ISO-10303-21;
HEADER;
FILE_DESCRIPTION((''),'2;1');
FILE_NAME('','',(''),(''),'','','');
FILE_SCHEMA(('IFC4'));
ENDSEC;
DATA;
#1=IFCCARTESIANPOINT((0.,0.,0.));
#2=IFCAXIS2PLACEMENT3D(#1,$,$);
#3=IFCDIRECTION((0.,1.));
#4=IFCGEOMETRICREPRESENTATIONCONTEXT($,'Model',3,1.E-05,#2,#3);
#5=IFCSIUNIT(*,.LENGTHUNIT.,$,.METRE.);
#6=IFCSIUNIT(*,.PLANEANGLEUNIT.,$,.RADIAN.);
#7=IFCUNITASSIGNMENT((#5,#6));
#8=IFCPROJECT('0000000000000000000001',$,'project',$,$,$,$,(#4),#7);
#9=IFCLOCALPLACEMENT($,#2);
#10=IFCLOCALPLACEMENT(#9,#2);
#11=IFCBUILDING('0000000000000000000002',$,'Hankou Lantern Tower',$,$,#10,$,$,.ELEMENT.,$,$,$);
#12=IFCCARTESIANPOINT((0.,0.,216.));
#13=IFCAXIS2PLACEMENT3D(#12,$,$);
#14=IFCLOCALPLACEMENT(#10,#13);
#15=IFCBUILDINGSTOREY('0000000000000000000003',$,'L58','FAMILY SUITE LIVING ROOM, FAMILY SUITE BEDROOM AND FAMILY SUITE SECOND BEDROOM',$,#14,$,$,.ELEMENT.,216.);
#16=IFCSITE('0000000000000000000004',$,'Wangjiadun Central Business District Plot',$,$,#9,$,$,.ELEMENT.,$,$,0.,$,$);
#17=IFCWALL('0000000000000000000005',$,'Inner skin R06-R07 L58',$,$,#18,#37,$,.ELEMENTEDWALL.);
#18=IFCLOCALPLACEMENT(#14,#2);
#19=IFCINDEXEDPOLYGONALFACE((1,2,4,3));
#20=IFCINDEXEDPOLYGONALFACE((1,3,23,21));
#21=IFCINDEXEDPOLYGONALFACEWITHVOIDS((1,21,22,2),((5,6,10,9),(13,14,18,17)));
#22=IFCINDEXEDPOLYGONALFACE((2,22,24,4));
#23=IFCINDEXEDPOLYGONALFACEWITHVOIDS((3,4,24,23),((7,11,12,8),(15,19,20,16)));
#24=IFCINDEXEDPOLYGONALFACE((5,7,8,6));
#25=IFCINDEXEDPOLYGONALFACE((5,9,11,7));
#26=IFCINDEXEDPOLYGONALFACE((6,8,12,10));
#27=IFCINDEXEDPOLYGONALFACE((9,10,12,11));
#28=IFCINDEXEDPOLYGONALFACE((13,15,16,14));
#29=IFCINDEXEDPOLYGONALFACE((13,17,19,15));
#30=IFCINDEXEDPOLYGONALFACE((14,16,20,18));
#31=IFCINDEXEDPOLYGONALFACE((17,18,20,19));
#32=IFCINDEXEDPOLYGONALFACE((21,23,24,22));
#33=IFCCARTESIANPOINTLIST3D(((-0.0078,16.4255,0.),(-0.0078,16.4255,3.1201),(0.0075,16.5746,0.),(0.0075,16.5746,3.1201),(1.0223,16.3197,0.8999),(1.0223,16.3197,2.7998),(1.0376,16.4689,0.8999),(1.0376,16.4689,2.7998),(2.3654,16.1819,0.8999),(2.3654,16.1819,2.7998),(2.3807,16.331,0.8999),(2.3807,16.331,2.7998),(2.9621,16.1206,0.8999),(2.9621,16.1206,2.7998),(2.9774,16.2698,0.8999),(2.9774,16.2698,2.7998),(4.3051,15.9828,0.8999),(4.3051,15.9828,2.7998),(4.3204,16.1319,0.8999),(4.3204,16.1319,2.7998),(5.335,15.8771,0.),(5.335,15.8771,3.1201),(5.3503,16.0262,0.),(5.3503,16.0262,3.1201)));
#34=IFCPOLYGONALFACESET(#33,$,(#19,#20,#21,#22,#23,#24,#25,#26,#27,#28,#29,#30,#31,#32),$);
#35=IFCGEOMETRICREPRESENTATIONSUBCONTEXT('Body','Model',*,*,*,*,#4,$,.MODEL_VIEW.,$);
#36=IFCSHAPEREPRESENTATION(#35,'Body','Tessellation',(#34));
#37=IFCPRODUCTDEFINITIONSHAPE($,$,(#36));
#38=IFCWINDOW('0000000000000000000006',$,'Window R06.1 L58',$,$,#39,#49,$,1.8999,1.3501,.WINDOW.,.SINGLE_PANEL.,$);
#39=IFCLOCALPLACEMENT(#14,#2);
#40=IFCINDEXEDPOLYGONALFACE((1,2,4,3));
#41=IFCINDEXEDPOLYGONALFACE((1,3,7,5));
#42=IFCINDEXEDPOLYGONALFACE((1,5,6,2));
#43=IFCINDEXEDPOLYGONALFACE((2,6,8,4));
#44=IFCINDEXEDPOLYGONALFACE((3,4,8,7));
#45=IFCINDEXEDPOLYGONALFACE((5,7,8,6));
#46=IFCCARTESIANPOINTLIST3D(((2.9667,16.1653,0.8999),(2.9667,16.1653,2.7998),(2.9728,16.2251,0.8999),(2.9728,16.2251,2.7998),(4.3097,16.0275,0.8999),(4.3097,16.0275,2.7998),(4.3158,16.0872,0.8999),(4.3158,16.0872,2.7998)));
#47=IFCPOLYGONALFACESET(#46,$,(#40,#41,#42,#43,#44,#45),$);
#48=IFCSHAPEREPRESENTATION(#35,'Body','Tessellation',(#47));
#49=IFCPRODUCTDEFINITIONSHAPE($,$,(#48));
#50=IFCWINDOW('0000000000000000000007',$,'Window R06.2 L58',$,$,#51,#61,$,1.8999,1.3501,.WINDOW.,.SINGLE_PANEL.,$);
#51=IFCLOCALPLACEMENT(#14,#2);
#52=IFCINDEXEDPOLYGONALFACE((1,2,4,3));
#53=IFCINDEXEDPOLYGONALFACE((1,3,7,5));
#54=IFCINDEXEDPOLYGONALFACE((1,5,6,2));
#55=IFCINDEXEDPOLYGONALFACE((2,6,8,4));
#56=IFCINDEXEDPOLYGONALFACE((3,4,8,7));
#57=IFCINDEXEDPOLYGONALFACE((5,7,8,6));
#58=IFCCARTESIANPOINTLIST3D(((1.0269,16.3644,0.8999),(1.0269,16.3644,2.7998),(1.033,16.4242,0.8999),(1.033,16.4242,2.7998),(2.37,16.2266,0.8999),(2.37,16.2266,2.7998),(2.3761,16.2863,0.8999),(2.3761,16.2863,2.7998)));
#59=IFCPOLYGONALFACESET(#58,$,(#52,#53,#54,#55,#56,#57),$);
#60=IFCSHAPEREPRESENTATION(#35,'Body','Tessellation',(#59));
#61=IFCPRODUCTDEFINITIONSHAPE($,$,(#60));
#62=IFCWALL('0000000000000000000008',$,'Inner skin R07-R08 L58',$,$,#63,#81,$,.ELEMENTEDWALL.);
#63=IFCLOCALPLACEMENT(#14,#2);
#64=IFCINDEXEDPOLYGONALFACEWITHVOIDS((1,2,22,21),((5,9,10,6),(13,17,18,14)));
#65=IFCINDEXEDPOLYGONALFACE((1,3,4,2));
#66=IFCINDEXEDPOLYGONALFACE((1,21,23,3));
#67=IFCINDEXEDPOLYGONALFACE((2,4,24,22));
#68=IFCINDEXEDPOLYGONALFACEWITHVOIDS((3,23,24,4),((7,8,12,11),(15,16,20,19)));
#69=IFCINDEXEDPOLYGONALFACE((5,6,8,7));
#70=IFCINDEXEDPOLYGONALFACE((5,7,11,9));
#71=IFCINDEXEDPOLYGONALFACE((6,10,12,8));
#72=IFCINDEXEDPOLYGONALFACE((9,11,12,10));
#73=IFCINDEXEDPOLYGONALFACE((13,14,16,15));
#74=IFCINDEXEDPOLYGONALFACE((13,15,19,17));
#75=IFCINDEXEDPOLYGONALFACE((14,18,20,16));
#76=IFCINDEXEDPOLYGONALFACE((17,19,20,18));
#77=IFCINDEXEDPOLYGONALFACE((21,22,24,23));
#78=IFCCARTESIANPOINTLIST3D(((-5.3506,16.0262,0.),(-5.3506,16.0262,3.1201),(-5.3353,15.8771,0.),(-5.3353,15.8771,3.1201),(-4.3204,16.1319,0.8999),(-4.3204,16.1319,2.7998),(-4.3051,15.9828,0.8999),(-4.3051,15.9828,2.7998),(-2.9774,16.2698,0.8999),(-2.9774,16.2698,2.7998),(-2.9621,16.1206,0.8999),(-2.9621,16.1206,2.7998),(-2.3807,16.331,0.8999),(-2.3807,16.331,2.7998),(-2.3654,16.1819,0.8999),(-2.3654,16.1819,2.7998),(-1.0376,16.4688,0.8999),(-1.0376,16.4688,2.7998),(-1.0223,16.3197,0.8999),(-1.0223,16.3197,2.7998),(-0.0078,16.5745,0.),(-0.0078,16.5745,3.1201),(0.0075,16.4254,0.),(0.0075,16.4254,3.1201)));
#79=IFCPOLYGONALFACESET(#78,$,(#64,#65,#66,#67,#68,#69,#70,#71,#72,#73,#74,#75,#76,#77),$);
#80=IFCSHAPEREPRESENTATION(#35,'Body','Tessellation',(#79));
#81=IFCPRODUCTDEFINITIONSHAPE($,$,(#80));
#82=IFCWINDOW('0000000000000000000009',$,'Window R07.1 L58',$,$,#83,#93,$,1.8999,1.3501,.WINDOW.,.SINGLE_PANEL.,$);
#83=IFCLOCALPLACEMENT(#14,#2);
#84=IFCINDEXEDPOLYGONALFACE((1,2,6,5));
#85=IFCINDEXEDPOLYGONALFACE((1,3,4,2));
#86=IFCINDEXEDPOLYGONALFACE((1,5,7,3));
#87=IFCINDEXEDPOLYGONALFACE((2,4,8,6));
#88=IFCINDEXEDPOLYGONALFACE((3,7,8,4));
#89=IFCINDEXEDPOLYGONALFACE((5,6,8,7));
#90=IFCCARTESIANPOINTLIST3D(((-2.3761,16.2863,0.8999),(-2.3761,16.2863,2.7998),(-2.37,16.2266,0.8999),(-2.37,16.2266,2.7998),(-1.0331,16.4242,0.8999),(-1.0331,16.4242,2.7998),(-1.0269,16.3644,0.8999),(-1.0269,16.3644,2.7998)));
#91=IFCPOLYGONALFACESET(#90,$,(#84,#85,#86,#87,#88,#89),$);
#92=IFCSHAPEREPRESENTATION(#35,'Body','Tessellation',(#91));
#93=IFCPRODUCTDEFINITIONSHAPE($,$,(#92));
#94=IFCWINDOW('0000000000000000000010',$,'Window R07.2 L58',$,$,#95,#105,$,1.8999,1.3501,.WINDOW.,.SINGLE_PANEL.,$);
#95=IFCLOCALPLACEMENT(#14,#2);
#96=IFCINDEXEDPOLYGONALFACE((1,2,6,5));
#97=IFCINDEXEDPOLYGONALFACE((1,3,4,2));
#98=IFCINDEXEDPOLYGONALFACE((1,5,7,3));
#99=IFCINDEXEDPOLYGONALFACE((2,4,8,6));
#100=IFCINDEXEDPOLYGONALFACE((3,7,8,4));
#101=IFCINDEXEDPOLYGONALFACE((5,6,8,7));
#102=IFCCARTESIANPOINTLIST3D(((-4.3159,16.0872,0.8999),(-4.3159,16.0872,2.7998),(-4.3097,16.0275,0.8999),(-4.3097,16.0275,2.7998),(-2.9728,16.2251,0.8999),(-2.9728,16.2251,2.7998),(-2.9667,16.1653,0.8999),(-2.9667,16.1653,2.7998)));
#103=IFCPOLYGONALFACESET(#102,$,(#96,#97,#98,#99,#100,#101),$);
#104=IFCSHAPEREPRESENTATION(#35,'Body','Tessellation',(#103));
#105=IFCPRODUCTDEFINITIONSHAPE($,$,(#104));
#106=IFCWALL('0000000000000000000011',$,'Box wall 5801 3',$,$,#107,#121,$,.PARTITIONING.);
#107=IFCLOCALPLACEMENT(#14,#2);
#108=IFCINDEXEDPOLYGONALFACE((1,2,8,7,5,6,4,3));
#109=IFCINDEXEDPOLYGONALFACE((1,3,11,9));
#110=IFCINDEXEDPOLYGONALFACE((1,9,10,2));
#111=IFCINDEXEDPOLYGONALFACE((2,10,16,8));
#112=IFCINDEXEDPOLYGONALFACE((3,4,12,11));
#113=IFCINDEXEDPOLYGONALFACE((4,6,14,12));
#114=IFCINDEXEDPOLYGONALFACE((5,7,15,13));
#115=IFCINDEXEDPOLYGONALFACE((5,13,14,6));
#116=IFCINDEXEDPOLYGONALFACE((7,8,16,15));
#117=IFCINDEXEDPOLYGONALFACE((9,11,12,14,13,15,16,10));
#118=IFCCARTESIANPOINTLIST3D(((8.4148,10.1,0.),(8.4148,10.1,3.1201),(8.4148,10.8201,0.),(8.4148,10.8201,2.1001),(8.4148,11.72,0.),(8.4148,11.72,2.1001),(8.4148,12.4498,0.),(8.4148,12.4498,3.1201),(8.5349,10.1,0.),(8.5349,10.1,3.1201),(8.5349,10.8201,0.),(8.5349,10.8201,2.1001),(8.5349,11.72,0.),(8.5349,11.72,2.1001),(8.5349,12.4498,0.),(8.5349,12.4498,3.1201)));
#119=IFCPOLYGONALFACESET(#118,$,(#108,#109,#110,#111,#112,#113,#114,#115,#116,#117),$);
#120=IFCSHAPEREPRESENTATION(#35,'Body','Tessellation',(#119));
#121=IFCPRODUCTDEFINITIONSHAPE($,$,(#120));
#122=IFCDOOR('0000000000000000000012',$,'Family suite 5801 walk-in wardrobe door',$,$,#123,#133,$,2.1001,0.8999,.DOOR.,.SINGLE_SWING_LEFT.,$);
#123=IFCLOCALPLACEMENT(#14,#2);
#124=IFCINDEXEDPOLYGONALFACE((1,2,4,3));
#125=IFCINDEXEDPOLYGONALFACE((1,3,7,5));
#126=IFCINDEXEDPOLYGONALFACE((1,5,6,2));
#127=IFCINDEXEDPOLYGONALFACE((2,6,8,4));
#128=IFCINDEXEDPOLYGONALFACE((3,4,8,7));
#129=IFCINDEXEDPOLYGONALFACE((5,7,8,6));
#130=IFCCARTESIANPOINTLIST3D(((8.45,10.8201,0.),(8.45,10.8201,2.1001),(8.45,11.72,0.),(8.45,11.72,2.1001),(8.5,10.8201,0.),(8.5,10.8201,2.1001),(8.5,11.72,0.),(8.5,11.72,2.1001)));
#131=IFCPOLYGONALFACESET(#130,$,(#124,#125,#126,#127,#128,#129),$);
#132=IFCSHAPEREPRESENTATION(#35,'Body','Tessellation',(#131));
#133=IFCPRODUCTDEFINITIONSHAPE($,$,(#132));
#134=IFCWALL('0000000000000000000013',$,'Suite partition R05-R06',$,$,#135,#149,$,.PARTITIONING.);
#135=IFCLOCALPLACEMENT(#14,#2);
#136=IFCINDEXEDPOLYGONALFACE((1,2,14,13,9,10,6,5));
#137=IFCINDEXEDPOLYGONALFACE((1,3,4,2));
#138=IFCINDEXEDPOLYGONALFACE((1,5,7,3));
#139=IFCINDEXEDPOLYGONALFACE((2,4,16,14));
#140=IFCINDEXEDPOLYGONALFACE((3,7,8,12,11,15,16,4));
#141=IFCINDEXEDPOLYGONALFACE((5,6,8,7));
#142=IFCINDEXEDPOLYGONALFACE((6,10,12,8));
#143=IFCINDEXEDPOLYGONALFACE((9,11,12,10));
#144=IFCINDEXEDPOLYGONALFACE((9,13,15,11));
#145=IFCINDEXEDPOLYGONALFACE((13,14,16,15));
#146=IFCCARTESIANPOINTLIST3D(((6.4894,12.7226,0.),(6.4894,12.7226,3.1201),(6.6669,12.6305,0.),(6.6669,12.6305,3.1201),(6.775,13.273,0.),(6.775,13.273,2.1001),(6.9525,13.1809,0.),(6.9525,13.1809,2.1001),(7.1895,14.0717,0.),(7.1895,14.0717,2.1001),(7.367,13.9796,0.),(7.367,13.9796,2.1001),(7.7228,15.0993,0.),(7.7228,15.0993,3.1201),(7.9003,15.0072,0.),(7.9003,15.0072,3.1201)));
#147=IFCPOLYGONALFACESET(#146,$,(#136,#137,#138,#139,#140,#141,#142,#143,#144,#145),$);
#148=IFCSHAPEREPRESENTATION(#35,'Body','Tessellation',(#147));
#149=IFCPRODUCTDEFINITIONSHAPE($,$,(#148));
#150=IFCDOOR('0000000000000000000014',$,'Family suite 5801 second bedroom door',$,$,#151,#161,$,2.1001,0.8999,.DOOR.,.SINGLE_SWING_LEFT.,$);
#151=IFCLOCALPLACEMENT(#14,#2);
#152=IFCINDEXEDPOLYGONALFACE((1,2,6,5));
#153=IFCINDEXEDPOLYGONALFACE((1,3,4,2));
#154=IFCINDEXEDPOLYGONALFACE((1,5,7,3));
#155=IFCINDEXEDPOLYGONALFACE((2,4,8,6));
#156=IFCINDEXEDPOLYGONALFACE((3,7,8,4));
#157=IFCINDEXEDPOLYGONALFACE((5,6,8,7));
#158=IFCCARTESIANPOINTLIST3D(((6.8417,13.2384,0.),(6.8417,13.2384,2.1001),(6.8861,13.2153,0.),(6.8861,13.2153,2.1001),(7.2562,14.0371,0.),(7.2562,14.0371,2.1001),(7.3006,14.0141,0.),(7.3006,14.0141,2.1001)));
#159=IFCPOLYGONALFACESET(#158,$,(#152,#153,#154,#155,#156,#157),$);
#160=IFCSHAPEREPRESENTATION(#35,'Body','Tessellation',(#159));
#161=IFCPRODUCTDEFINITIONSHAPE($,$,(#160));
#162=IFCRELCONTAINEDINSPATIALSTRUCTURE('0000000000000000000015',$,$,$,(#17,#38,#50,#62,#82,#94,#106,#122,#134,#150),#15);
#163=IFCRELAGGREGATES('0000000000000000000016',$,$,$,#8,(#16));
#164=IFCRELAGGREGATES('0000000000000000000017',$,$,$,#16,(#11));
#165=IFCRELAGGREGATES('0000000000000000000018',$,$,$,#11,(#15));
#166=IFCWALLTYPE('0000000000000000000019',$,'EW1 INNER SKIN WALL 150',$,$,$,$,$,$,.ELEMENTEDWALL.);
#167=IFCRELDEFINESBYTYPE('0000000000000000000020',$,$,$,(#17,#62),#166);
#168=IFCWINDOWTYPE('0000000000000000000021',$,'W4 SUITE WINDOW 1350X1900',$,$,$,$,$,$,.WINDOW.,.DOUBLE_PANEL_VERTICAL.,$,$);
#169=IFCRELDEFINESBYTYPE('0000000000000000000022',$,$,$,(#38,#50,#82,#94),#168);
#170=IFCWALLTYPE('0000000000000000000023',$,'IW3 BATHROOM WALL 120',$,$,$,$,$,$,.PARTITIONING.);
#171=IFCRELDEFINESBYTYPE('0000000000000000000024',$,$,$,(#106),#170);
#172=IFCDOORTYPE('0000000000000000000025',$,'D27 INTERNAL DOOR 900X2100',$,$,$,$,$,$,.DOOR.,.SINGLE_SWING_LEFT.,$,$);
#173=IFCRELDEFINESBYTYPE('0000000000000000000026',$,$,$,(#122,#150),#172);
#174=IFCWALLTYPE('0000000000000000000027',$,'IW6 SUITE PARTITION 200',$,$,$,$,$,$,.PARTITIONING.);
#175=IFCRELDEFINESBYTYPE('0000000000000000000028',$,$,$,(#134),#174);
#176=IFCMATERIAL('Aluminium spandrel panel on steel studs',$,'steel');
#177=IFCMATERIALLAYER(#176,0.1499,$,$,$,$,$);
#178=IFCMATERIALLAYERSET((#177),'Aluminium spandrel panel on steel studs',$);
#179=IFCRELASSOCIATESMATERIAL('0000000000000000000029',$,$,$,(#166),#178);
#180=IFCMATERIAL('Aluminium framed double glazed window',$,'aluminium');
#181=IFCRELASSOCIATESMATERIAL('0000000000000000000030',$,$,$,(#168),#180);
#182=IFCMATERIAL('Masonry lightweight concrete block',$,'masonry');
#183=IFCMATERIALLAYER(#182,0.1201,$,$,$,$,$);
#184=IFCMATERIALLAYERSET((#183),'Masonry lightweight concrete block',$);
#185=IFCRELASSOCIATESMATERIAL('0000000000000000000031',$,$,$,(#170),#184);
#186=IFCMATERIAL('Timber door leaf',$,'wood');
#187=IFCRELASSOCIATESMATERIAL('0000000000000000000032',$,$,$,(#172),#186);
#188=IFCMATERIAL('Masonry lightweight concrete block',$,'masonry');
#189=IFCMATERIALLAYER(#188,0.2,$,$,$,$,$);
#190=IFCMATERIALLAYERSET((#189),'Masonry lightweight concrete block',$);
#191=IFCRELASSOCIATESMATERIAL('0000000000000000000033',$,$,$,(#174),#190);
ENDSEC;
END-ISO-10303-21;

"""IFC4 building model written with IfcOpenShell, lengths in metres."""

from ifc_helpers import new_model, si_unit, direction, frame, frame_2d, origin, place, context, subcontext, project, spatial, rectangle, extrude, material, layer, layer_set, type_object, element, fill, save


model = new_model("IFC4")

# Units and contexts
model_context = context("Model", 3, precision=1e-05, world=origin(), true_north=direction((0.0, 1.0)))
body_context = subcontext(model_context, "Body", "Model", "MODEL_VIEW")
ifc_project = project(units=[si_unit("LENGTHUNIT", "METRE"), si_unit("PLANEANGLEUNIT", "RADIAN")], contexts=[model_context])

# Site, building, storey
site_placement = place(None, origin())
site = spatial("IfcSite", under=ifc_project, at=site_placement, Name="Wangjiadun Central Business District Plot", CompositionType="ELEMENT", RefElevation=0.0)
building_placement = place(site_placement, origin())
building = spatial("IfcBuilding", under=site, at=building_placement, Name="Hankou Lantern Tower", CompositionType="ELEMENT")
storey_placement = place(building_placement, frame((0.0, 0.0, 216.0)))
storey = spatial("IfcBuildingStorey", under=building, at=storey_placement, Name="L58", Description="FAMILY SUITE LIVING ROOM, FAMILY SUITE BEDROOM AND FAMILY SUITE SECOND BEDROOM", CompositionType="ELEMENT", Elevation=216.0)

# Walls, openings, windows
ifc_material_1 = material(Name="Aluminium spandrel panel on steel studs", Category="steel")
ifc_layer_1 = layer(ifc_material_1, 0.1499)
ifc_layer_set_1 = layer_set([ifc_layer_1], Name="Aluminium spandrel panel on steel studs")
wall_type_1 = type_object("IfcWallType", Name="EW1 INNER SKIN WALL 150", PredefinedType="ELEMENTEDWALL", material=ifc_layer_set_1)
wall_1_placement = place(storey_placement, frame((5.3428, 15.9517, 0.0), z_axis=(0.0, 0.0, 1.0), x_axis=(-0.994775, 0.102096, 0.0)))
wall_1 = element("IfcWall", 1, at=wall_1_placement, inside=storey, type_object=wall_type_1, Name="Inner skin R06-R07 L58", PredefinedType="ELEMENTEDWALL", context=body_context, shape_type="SweptSolid", body=[
    extrude(rectangle(XDim=5.3708, YDim=0.1499, at=frame_2d((2.6855, 0.0))), origin(), (0.0, 0.0, 1.0), 3.1201),
])
opening_1_placement = place(wall_1_placement, frame((1.0354, 0.0, 0.8999)))
opening_1 = element("IfcOpeningElement", 2, at=opening_1_placement, cuts=wall_1, PredefinedType="OPENING", context=body_context, shape_type="SweptSolid", body=[
    extrude(rectangle(XDim=1.3501, YDim=1.8999, at=frame_2d((0.675, 0.95))), frame((0.0, 0.085, 0.0), z_axis=(0.0, -1.0, 0.0), x_axis=(1.0, 0.0, 0.0)), (0.0, 0.0, 1.0), 0.1699),
])
opening_2_placement = place(wall_1_placement, frame((2.9854, 0.0, 0.8999)))
opening_2 = element("IfcOpeningElement", 3, at=opening_2_placement, cuts=wall_1, PredefinedType="OPENING", context=body_context, shape_type="SweptSolid", body=[
    extrude(rectangle(XDim=1.3501, YDim=1.8999, at=frame_2d((0.675, 0.95))), frame((0.0, 0.085, 0.0), z_axis=(0.0, -1.0, 0.0), x_axis=(1.0, 0.0, 0.0)), (0.0, 0.0, 1.0), 0.1699),
])
ifc_material_2 = material(Name="Aluminium framed double glazed window", Category="aluminium")
window_type = type_object("IfcWindowType", Name="W4 SUITE WINDOW 1350X1900", PartitioningType="DOUBLE_PANEL_VERTICAL", PredefinedType="WINDOW", material=ifc_material_2)
window_1_placement = place(opening_1_placement, origin())
window_1 = element("IfcWindow", 4, at=window_1_placement, inside=storey, type_object=window_type, Name="Window R06.1 L58", OverallHeight=1.8999, OverallWidth=1.3501, PartitioningType="SINGLE_PANEL", PredefinedType="WINDOW", context=body_context, shape_type="SweptSolid", body=[
    extrude(rectangle(XDim=1.3501, YDim=1.8999, at=frame_2d((0.675, 0.95))), frame((0.0, 0.03, 0.0), z_axis=(0.0, -1.0, 0.0), x_axis=(1.0, 0.0, 0.0)), (0.0, 0.0, 1.0), 0.0601),
])
fill(opening_1, window_1)
window_2_placement = place(opening_2_placement, origin())
window_2 = element("IfcWindow", 5, at=window_2_placement, inside=storey, type_object=window_type, Name="Window R06.2 L58", OverallHeight=1.8999, OverallWidth=1.3501, PartitioningType="SINGLE_PANEL", PredefinedType="WINDOW", context=body_context, shape_type="SweptSolid", body=[
    extrude(rectangle(XDim=1.3501, YDim=1.8999, at=frame_2d((0.675, 0.95))), frame((0.0, 0.03, 0.0), z_axis=(0.0, -1.0, 0.0), x_axis=(1.0, 0.0, 0.0)), (0.0, 0.0, 1.0), 0.0601),
])
fill(opening_2, window_2)
wall_2_placement = place(storey_placement, frame((0.0, 16.5, 0.0), z_axis=(0.0, 0.0, 1.0), x_axis=(-0.994775, -0.102096, 0.0)))
wall_2 = element("IfcWall", 6, at=wall_2_placement, inside=storey, type_object=wall_type_1, Name="Inner skin R07-R08 L58", PredefinedType="ELEMENTEDWALL", context=body_context, shape_type="SweptSolid", body=[
    extrude(rectangle(XDim=5.3708, YDim=0.1499, at=frame_2d((2.6855, 0.0))), origin(), (0.0, 0.0, 1.0), 3.1201),
])
opening_3_placement = place(wall_2_placement, frame((1.0354, 0.0, 0.8999)))
opening_3 = element("IfcOpeningElement", 7, at=opening_3_placement, cuts=wall_2, PredefinedType="OPENING", context=body_context, shape_type="SweptSolid", body=[
    extrude(rectangle(XDim=1.3501, YDim=1.8999, at=frame_2d((0.675, 0.95))), frame((0.0, 0.085, 0.0), z_axis=(0.0, -1.0, 0.0), x_axis=(1.0, 0.0, 0.0)), (0.0, 0.0, 1.0), 0.1699),
])
opening_4_placement = place(wall_2_placement, frame((2.9854, 0.0, 0.8999)))
opening_4 = element("IfcOpeningElement", 8, at=opening_4_placement, cuts=wall_2, PredefinedType="OPENING", context=body_context, shape_type="SweptSolid", body=[
    extrude(rectangle(XDim=1.3501, YDim=1.8999, at=frame_2d((0.675, 0.95))), frame((0.0, 0.085, 0.0), z_axis=(0.0, -1.0, 0.0), x_axis=(1.0, 0.0, 0.0)), (0.0, 0.0, 1.0), 0.1699),
])
window_3_placement = place(opening_3_placement, origin())
window_3 = element("IfcWindow", 9, at=window_3_placement, inside=storey, type_object=window_type, Name="Window R07.1 L58", OverallHeight=1.8999, OverallWidth=1.3501, PartitioningType="SINGLE_PANEL", PredefinedType="WINDOW", context=body_context, shape_type="SweptSolid", body=[
    extrude(rectangle(XDim=1.3501, YDim=1.8999, at=frame_2d((0.675, 0.95))), frame((0.0, 0.03, 0.0), z_axis=(0.0, -1.0, 0.0), x_axis=(1.0, 0.0, 0.0)), (0.0, 0.0, 1.0), 0.0601),
])
fill(opening_3, window_3)
window_4_placement = place(opening_4_placement, origin())
window_4 = element("IfcWindow", 10, at=window_4_placement, inside=storey, type_object=window_type, Name="Window R07.2 L58", OverallHeight=1.8999, OverallWidth=1.3501, PartitioningType="SINGLE_PANEL", PredefinedType="WINDOW", context=body_context, shape_type="SweptSolid", body=[
    extrude(rectangle(XDim=1.3501, YDim=1.8999, at=frame_2d((0.675, 0.95))), frame((0.0, 0.03, 0.0), z_axis=(0.0, -1.0, 0.0), x_axis=(1.0, 0.0, 0.0)), (0.0, 0.0, 1.0), 0.0601),
])
fill(opening_4, window_4)

# Walls, openings, doors
ifc_material_3 = material(Name="Masonry lightweight concrete block", Category="masonry")
ifc_layer_2 = layer(ifc_material_3, 0.1201)
ifc_layer_set_2 = layer_set([ifc_layer_2], Name="Masonry lightweight concrete block")
wall_type_2 = type_object("IfcWallType", Name="IW3 BATHROOM WALL 120", PredefinedType="PARTITIONING", material=ifc_layer_set_2)
wall_3_placement = place(storey_placement, frame((8.4749, 10.1001, 0.0), z_axis=(0.0, 0.0, 1.0), x_axis=(0.0, 1.0, 0.0)))
wall_3 = element("IfcWall", 11, at=wall_3_placement, inside=storey, type_object=wall_type_2, Name="Box wall 5801 3", PredefinedType="PARTITIONING", context=body_context, shape_type="SweptSolid", body=[
    extrude(rectangle(XDim=2.3499, YDim=0.1201, at=frame_2d((1.1748, 0.0))), origin(), (0.0, 0.0, 1.0), 3.1201),
])
opening_5_placement = place(wall_3_placement, frame((0.72, 0.0, 0.0)))
opening_5 = element("IfcOpeningElement", 12, at=opening_5_placement, cuts=wall_3, PredefinedType="OPENING", context=body_context, shape_type="SweptSolid", body=[
    extrude(rectangle(XDim=0.8999, YDim=2.1001, at=frame_2d((0.45, 1.05))), frame((0.0, 0.0701, 0.0), z_axis=(0.0, -1.0, 0.0), x_axis=(1.0, 0.0, 0.0)), (0.0, 0.0, 1.0), 0.1401),
])
ifc_material_4 = material(Name="Timber door leaf", Category="wood")
door_type_1 = type_object("IfcDoorType", Name="D27 INTERNAL DOOR 900X2100", OperationType="SINGLE_SWING_LEFT", PredefinedType="DOOR", material=ifc_material_4)
door_1_placement = place(opening_5_placement, origin())
door_1 = element("IfcDoor", 13, at=door_1_placement, inside=storey, type_object=door_type_1, Name="Family suite 5801 walk-in wardrobe door", OperationType="SINGLE_SWING_LEFT", OverallHeight=2.1001, OverallWidth=0.8999, PredefinedType="DOOR", context=body_context, shape_type="SweptSolid", body=[
    extrude(rectangle(XDim=0.8999, YDim=2.1001, at=frame_2d((0.45, 1.05))), frame((0.0, 0.0249, 0.0), z_axis=(0.0, -1.0, 0.0), x_axis=(1.0, 0.0, 0.0)), (0.0, 0.0, 1.0), 0.05),
])
fill(opening_5, door_1)
ifc_material_5 = material(Name="Masonry lightweight concrete block", Category="masonry")
ifc_layer_3 = layer(ifc_material_5, 0.2)
ifc_layer_set_3 = layer_set([ifc_layer_3], Name="Masonry lightweight concrete block")
wall_type_3 = type_object("IfcWallType", Name="IW6 SUITE PARTITION 200", PredefinedType="PARTITIONING", material=ifc_layer_set_3)
wall_4_placement = place(storey_placement, frame((6.5781, 12.6765, 0.0), z_axis=(0.0, 0.0, 1.0), x_axis=(0.460621, 0.887597, 0.0)))
wall_4 = element("IfcWall", 14, at=wall_4_placement, inside=storey, type_object=wall_type_3, Name="Suite partition R05-R06", PredefinedType="PARTITIONING", context=body_context, shape_type="SweptSolid", body=[
    extrude(rectangle(XDim=2.6777, YDim=0.2, at=frame_2d((1.3389, 0.0))), origin(), (0.0, 0.0, 1.0), 3.1201),
])
opening_6_placement = place(wall_4_placement, frame((0.6201, 0.0, 0.0)))
opening_6 = element("IfcOpeningElement", 15, at=opening_6_placement, cuts=wall_4, PredefinedType="OPENING", context=body_context, shape_type="SweptSolid", body=[
    extrude(rectangle(XDim=0.8999, YDim=2.1001, at=frame_2d((0.45, 1.05))), frame((0.0, 0.1099, 0.0), z_axis=(0.0, -1.0, 0.0), x_axis=(1.0, 0.0, 0.0)), (0.0, 0.0, 1.0), 0.22),
])
door_2_placement = place(opening_6_placement, origin())
door_2 = element("IfcDoor", 16, at=door_2_placement, inside=storey, type_object=door_type_1, Name="Family suite 5801 second bedroom door", OperationType="SINGLE_SWING_LEFT", OverallHeight=2.1001, OverallWidth=0.8999, PredefinedType="DOOR", context=body_context, shape_type="SweptSolid", body=[
    extrude(rectangle(XDim=0.8999, YDim=2.1001, at=frame_2d((0.45, 1.05))), frame((0.0, 0.0249, 0.0), z_axis=(0.0, -1.0, 0.0), x_axis=(1.0, 0.0, 0.0)), (0.0, 0.0, 1.0), 0.05),
])
fill(opening_6, door_2)

save(model, "model.ifc")
